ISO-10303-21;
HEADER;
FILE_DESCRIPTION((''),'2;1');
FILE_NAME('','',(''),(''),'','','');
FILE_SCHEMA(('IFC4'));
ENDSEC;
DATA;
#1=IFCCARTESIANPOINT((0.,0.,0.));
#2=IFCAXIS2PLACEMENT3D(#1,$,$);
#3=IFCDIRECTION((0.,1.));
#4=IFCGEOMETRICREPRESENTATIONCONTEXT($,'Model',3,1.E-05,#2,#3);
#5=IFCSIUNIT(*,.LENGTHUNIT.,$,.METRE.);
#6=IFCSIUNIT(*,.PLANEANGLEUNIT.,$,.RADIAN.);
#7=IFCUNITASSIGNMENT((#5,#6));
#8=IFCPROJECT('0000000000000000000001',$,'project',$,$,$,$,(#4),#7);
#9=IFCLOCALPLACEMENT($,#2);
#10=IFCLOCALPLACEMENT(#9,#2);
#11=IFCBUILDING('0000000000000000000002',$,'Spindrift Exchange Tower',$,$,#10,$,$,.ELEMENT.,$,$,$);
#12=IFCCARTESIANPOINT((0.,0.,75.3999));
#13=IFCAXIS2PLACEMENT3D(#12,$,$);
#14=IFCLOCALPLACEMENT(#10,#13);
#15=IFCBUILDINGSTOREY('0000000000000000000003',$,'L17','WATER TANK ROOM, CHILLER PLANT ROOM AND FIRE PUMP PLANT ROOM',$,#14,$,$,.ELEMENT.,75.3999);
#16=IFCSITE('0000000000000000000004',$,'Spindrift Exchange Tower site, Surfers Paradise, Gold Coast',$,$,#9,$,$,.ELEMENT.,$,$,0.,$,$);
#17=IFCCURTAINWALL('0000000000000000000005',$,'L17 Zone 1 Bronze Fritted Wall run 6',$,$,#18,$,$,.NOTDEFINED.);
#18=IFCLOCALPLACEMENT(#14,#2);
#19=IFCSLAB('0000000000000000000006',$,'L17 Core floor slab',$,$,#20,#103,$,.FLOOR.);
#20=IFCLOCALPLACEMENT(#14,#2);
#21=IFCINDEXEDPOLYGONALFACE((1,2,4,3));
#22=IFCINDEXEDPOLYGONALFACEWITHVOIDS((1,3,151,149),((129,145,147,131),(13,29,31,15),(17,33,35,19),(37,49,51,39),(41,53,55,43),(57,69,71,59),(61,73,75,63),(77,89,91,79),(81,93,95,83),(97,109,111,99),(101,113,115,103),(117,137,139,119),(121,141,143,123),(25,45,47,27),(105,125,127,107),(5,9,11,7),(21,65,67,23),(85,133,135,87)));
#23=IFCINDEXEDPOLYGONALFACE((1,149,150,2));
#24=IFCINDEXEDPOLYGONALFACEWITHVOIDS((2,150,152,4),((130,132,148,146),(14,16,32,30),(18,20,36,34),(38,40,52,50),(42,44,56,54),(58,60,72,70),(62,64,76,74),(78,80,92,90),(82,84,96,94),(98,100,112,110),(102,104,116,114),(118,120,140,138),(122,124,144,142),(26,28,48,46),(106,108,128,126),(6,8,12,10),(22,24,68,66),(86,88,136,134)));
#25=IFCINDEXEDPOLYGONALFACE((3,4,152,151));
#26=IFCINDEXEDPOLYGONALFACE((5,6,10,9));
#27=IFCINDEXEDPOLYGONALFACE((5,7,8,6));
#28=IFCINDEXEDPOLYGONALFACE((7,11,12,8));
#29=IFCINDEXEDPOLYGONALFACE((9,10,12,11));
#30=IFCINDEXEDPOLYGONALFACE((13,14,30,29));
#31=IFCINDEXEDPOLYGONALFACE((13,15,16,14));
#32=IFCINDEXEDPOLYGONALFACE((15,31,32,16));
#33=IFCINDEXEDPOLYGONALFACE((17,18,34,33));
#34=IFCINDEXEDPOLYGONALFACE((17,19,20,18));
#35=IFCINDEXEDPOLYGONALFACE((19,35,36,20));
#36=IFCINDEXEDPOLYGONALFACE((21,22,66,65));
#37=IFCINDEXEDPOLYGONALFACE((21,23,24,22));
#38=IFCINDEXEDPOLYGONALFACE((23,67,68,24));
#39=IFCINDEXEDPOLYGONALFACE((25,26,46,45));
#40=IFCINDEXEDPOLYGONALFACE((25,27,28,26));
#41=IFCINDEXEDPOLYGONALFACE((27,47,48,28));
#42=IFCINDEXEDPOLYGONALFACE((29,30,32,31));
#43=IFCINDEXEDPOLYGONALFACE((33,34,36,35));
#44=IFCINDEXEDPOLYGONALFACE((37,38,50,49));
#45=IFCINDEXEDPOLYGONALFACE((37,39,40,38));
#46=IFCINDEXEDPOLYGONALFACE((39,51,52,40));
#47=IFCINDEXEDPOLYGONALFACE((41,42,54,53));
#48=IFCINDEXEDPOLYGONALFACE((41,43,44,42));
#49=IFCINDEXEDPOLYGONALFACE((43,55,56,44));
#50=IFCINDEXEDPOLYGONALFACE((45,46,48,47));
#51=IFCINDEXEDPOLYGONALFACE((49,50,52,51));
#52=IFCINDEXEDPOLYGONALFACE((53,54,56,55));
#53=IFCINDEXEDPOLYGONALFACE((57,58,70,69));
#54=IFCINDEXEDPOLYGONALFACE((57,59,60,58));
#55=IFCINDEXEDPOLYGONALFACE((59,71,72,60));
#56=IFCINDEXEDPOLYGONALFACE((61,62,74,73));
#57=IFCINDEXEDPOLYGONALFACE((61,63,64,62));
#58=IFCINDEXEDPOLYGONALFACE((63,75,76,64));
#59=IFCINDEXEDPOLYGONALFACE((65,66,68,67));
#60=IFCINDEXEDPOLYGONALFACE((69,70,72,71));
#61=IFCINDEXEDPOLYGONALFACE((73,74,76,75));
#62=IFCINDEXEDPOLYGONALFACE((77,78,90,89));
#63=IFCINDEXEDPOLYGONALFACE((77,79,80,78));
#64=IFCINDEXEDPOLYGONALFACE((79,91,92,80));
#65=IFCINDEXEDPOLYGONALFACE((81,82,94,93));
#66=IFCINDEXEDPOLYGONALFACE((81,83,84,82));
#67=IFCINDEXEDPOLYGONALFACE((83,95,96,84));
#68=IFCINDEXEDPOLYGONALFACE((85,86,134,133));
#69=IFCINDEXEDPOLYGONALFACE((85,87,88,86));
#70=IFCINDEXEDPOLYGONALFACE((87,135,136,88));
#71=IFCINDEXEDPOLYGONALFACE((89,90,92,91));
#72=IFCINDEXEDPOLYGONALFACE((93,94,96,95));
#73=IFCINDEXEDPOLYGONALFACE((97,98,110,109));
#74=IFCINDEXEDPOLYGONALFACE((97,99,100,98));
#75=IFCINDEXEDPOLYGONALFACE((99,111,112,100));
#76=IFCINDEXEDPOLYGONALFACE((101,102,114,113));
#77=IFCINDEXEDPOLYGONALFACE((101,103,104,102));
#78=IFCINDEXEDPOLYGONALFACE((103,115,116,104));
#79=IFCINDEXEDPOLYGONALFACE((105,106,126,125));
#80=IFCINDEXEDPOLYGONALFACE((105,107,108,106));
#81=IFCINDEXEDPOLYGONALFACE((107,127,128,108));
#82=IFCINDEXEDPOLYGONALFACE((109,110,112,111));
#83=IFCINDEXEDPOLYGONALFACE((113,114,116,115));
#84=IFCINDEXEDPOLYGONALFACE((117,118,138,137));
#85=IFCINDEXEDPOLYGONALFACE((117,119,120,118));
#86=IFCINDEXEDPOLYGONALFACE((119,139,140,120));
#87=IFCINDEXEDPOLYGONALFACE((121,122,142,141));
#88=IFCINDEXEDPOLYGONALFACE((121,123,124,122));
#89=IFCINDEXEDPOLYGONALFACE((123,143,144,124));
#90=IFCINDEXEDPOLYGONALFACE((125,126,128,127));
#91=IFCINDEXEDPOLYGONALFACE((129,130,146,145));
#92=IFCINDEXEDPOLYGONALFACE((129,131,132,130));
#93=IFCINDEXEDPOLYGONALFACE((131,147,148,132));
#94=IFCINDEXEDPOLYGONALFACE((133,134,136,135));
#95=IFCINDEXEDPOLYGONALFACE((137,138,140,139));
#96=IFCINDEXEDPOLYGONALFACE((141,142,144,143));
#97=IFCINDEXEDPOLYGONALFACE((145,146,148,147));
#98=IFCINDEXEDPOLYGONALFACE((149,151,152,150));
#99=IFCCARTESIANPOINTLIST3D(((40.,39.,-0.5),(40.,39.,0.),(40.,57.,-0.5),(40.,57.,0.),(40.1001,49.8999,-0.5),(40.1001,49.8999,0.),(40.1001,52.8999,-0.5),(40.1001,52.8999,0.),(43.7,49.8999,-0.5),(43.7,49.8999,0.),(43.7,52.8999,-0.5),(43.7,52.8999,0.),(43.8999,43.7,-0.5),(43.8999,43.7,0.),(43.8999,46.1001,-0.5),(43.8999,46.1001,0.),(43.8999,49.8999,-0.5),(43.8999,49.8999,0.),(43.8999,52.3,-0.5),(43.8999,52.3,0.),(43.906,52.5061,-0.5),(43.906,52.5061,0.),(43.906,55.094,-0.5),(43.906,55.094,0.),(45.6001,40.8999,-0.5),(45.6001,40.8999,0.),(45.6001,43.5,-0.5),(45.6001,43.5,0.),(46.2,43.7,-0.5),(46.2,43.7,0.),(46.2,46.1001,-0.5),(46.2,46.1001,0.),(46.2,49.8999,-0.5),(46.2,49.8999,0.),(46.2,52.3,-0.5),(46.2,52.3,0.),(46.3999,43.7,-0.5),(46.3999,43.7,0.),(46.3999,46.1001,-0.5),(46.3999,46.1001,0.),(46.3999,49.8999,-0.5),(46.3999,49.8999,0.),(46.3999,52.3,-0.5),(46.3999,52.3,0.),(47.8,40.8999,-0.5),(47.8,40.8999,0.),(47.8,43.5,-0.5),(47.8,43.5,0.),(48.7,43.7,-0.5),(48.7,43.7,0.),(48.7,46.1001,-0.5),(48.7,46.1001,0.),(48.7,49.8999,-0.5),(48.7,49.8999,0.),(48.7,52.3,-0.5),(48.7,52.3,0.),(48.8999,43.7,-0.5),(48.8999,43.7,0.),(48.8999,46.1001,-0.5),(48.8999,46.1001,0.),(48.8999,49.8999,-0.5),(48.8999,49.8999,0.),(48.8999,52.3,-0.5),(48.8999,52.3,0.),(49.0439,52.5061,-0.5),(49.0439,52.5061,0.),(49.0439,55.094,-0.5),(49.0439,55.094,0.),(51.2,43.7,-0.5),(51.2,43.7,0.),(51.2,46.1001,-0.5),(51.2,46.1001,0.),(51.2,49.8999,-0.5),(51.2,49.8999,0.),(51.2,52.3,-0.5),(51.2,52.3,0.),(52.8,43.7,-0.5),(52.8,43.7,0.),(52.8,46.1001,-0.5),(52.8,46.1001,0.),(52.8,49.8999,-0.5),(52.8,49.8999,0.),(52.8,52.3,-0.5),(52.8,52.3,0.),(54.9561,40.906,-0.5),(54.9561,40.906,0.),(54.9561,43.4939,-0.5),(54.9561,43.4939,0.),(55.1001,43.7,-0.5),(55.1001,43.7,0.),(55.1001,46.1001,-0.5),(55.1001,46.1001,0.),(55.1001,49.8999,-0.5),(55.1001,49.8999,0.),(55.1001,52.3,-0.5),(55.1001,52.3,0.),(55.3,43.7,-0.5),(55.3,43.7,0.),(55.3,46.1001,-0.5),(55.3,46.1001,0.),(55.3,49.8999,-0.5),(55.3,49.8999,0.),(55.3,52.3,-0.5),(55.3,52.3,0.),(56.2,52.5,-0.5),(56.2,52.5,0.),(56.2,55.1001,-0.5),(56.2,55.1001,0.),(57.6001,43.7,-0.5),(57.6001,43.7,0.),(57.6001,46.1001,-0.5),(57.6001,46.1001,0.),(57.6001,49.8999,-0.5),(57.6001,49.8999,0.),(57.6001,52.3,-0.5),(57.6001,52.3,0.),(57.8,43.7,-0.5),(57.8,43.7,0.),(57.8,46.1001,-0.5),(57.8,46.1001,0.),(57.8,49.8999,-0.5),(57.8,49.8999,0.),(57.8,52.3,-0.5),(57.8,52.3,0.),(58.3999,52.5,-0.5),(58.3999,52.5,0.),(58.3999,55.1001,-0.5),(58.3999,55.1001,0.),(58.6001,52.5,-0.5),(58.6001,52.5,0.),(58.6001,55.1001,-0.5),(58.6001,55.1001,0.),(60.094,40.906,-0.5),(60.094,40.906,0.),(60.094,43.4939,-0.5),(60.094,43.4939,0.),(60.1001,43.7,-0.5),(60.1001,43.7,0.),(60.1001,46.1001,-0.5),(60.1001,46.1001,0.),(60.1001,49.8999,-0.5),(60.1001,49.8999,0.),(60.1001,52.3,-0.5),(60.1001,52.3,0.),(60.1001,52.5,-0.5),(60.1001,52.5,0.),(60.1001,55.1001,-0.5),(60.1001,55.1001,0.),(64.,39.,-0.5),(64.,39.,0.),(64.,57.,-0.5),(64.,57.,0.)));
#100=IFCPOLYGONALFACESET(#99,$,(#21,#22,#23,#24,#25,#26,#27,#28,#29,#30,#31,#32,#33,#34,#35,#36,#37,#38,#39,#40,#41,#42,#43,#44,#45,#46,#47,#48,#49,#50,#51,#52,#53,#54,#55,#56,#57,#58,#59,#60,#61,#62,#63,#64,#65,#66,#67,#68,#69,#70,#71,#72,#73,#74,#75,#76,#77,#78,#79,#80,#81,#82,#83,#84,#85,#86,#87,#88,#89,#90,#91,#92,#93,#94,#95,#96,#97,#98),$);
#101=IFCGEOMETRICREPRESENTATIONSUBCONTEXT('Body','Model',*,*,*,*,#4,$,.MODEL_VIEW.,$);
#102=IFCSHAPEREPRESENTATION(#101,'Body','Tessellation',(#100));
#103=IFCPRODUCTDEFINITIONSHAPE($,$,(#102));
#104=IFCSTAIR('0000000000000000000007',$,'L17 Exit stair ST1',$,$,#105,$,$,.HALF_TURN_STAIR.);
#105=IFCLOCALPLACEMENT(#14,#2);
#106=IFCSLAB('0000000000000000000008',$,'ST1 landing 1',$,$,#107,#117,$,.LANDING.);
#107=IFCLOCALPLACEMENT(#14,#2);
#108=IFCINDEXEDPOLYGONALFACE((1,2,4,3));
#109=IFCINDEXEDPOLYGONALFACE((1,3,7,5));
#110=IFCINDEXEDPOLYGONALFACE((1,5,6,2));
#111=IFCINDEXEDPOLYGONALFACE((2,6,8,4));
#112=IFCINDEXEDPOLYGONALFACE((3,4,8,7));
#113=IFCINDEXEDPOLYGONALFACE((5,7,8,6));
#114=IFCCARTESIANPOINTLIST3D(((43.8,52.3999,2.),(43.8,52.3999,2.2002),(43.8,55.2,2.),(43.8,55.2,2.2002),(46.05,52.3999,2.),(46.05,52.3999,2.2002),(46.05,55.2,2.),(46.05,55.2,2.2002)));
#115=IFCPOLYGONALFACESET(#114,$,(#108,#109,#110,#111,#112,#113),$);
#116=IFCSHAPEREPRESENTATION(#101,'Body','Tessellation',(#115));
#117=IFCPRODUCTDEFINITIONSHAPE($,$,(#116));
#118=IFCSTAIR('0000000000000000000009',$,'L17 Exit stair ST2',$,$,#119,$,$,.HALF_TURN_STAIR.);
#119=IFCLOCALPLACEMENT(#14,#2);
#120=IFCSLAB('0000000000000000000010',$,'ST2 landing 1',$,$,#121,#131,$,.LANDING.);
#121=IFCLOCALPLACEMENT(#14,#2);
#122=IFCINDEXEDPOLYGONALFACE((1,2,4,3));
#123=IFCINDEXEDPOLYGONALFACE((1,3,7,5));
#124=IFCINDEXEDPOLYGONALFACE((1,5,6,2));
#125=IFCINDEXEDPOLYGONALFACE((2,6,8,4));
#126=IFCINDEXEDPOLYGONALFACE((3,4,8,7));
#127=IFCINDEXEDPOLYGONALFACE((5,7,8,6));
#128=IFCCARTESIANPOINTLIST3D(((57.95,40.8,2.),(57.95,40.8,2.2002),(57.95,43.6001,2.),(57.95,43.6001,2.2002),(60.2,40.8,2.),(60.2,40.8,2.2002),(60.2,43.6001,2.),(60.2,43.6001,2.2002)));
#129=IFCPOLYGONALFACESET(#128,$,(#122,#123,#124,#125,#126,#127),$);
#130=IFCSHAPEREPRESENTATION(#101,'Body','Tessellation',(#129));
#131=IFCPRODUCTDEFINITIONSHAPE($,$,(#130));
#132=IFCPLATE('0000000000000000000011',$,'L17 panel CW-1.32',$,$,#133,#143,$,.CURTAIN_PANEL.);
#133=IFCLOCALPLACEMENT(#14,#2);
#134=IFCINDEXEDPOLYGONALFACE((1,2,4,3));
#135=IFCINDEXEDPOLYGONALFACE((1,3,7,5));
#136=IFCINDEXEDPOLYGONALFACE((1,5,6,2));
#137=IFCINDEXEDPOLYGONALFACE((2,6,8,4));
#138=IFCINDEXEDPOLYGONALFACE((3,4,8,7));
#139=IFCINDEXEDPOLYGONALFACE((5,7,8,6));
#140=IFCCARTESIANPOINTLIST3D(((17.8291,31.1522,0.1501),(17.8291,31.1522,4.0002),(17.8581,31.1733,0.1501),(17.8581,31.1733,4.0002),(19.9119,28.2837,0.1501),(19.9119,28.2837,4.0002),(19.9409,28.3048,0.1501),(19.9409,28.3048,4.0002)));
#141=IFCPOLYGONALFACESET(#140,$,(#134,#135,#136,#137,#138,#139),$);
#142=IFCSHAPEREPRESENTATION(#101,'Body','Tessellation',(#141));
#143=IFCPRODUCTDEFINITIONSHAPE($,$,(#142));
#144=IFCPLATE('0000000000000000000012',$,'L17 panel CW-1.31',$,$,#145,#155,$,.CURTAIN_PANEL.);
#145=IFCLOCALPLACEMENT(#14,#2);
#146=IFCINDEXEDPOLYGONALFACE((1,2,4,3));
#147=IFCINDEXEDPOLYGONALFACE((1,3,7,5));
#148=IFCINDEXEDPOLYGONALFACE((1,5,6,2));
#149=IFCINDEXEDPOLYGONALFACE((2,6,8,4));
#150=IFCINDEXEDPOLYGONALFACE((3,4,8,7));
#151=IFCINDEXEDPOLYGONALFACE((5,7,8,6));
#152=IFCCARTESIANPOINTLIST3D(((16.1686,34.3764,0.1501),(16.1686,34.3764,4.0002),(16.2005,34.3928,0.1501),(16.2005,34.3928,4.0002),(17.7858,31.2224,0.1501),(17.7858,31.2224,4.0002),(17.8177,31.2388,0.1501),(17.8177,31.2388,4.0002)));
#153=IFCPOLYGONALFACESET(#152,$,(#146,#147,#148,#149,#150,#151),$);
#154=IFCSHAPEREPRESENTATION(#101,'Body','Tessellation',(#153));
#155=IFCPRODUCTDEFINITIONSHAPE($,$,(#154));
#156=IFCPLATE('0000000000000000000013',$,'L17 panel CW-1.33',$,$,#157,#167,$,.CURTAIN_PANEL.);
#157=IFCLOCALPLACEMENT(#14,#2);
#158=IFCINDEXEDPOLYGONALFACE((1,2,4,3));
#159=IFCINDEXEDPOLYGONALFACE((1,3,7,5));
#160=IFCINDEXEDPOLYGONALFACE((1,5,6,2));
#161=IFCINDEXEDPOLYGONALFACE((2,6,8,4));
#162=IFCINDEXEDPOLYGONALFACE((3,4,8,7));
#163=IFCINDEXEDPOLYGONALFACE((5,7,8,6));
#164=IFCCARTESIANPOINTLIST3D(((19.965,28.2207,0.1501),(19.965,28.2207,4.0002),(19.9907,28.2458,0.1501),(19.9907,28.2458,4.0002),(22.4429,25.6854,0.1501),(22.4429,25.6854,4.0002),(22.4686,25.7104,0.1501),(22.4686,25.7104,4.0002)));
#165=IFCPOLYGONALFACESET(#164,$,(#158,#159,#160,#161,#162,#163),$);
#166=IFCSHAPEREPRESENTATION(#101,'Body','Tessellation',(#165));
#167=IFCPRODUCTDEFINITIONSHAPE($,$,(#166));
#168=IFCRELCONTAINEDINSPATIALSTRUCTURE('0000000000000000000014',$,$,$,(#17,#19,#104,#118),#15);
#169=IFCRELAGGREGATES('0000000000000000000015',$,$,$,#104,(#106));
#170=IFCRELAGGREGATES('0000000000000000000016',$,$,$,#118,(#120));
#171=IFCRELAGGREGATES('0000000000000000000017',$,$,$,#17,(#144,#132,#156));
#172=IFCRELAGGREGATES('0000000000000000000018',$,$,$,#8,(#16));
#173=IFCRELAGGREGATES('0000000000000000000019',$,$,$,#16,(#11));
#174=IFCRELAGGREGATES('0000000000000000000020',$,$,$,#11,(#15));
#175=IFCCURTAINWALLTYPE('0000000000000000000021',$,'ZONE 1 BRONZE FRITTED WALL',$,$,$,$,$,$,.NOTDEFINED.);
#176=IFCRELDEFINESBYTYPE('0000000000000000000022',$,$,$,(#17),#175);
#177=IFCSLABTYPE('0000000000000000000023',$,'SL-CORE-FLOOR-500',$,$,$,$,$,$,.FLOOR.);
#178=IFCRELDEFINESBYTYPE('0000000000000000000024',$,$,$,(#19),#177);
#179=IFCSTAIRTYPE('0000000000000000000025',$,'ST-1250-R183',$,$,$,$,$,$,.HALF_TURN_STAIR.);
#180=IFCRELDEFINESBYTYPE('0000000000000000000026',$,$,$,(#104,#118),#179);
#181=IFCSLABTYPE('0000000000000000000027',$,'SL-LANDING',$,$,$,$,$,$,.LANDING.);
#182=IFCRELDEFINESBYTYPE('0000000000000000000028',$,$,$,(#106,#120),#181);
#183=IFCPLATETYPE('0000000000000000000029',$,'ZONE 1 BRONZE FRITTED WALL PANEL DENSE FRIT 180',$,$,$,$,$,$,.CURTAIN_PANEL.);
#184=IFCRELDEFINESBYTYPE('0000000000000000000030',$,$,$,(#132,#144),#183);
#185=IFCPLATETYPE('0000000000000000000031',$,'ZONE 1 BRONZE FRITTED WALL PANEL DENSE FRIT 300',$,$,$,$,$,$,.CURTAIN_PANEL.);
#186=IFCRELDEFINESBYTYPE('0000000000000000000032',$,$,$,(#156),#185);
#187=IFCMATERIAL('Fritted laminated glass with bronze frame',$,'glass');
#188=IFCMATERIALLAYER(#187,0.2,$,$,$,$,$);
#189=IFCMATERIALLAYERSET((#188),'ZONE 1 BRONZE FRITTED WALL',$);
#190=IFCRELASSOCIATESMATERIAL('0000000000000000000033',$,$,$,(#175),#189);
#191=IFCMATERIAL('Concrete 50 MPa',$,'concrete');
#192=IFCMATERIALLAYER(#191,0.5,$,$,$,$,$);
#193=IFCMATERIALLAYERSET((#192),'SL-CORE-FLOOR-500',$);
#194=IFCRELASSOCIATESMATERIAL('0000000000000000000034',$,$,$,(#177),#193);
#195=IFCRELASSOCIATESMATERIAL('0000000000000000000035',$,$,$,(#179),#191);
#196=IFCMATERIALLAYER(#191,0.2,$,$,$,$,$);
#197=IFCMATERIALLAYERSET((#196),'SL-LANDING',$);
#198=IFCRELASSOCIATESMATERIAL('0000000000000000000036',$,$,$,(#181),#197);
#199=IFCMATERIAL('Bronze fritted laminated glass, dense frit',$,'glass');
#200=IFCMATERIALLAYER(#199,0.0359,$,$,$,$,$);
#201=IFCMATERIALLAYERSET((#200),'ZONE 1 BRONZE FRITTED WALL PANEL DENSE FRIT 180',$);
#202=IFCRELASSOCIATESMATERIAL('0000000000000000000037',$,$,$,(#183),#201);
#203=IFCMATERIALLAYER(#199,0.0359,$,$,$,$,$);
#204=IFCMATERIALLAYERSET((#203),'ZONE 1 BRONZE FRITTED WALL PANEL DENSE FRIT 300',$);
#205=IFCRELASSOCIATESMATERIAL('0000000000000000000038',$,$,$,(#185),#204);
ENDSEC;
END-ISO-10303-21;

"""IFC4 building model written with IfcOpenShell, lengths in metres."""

from ifc_helpers import new_model, si_unit, direction, frame, origin, origin_2d, place, context, subcontext, project, spatial, line, indexed_curve, rectangle, outline, extrude, source, transform, mapped, material, layer, layer_set, type_object, element, aggregate, save


model = new_model("IFC4")

# Units and contexts
model_context = context("Model", 3, precision=1e-05, world=origin(), true_north=direction((0.0, 1.0)))
body_context = subcontext(model_context, "Body", "Model", "MODEL_VIEW")
ifc_project = project(units=[si_unit("LENGTHUNIT", "METRE"), si_unit("PLANEANGLEUNIT", "RADIAN")], contexts=[model_context])

# Site, building, storey
site_placement = place(None, origin())
site = spatial("IfcSite", under=ifc_project, at=site_placement, Name="Spindrift Exchange Tower site, Surfers Paradise, Gold Coast", CompositionType="ELEMENT", RefElevation=0.0)
building_placement = place(site_placement, origin())
building = spatial("IfcBuilding", under=site, at=building_placement, Name="Spindrift Exchange Tower", CompositionType="ELEMENT")
storey_placement = place(building_placement, frame((0.0, 0.0, 75.3999)))
storey = spatial("IfcBuildingStorey", under=building, at=storey_placement, Name="L17", Description="WATER TANK ROOM, CHILLER PLANT ROOM AND FIRE PUMP PLANT ROOM", CompositionType="ELEMENT", Elevation=75.3999)

# Curtain wall
ifc_material_1 = material(Name="Fritted laminated glass with bronze frame", Category="glass")
ifc_layer_1 = layer(ifc_material_1, 0.2)
ifc_layer_set_1 = layer_set([ifc_layer_1], Name="ZONE 1 BRONZE FRITTED WALL")
curtain_wall_type = type_object("IfcCurtainWallType", Name="ZONE 1 BRONZE FRITTED WALL", PredefinedType="NOTDEFINED", material=ifc_layer_set_1)
curtain_wall_placement = place(storey_placement, origin())
curtain_wall = element("IfcCurtainWall", 1, at=curtain_wall_placement, inside=storey, type_object=curtain_wall_type, Name="L17 Zone 1 Bronze Fritted Wall run 6", PredefinedType="NOTDEFINED")

# Slab
ifc_material_2 = material(Name="Concrete 50 MPa", Category="concrete")
ifc_layer_2 = layer(ifc_material_2, 0.5)
ifc_layer_set_2 = layer_set([ifc_layer_2], Name="SL-CORE-FLOOR-500")
slab_type_1 = type_object("IfcSlabType", Name="SL-CORE-FLOOR-500", PredefinedType="FLOOR", material=ifc_layer_set_2)
slab_1_placement = place(storey_placement, frame((0.0, 0.0, -0.5)))
element("IfcSlab", 2, at=slab_1_placement, inside=storey, type_object=slab_type_1, Name="L17 Core floor slab", PredefinedType="FLOOR", context=body_context, shape_type="SweptSolid", body=[
    extrude(outline(indexed_curve([(40.0, 39.0), (40.0, 57.0), (64.0, 57.0), (64.0, 39.0)], segments=[line(1, 2, 3, 4, 1)], self_intersect=False), holes=[indexed_curve([(47.8, 43.5), (45.6001, 43.5), (45.6001, 40.8999), (47.8, 40.8999)], segments=[line(1, 2, 3, 4, 1)], self_intersect=False), indexed_curve([(46.2, 46.1001), (43.8999, 46.1001), (43.8999, 43.7), (46.2, 43.7)], segments=[line(1, 2, 3, 4, 1)], self_intersect=False), indexed_curve([(48.7, 46.1001), (46.3999, 46.1001), (46.3999, 43.7), (48.7, 43.7)], segments=[line(1, 2, 3, 4, 1)], self_intersect=False), indexed_curve([(51.2, 46.1001), (48.8999, 46.1001), (48.8999, 43.7), (51.2, 43.7)], segments=[line(1, 2, 3, 4, 1)], self_intersect=False), indexed_curve([(46.2, 52.3), (43.8999, 52.3), (43.8999, 49.8999), (46.2, 49.8999)], segments=[line(1, 2, 3, 4, 1)], self_intersect=False), indexed_curve([(48.7, 52.3), (46.3999, 52.3), (46.3999, 49.8999), (48.7, 49.8999)], segments=[line(1, 2, 3, 4, 1)], self_intersect=False), indexed_curve([(51.2, 52.3), (48.8999, 52.3), (48.8999, 49.8999), (51.2, 49.8999)], segments=[line(1, 2, 3, 4, 1)], self_intersect=False), indexed_curve([(43.7, 49.8999), (43.7, 52.8999), (40.1001, 52.8999), (40.1001, 49.8999)], segments=[line(1, 2, 3, 4, 1)], self_intersect=False), indexed_curve([(49.0439, 55.094), (43.906, 55.094), (43.906, 52.5061), (49.0439, 52.5061)], segments=[line(1, 2, 3, 4, 1)], self_intersect=False), indexed_curve([(60.094, 40.906), (60.094, 43.4939), (54.9561, 43.4939), (54.9561, 40.906)], segments=[line(1, 2, 3, 4, 1)], self_intersect=False), indexed_curve([(55.1001, 46.1001), (52.8, 46.1001), (52.8, 43.7), (55.1001, 43.7)], segments=[line(1, 2, 3, 4, 1)], self_intersect=False), indexed_curve([(57.6001, 46.1001), (55.3, 46.1001), (55.3, 43.7), (57.6001, 43.7)], segments=[line(1, 2, 3, 4, 1)], self_intersect=False), indexed_curve([(60.1001, 46.1001), (57.8, 46.1001), (57.8, 43.7), (60.1001, 43.7)], segments=[line(1, 2, 3, 4, 1)], self_intersect=False), indexed_curve([(55.1001, 52.3), (52.8, 52.3), (52.8, 49.8999), (55.1001, 49.8999)], segments=[line(1, 2, 3, 4, 1)], self_intersect=False), indexed_curve([(57.6001, 52.3), (55.3, 52.3), (55.3, 49.8999), (57.6001, 49.8999)], segments=[line(1, 2, 3, 4, 1)], self_intersect=False), indexed_curve([(60.1001, 52.3), (57.8, 52.3), (57.8, 49.8999), (60.1001, 49.8999)], segments=[line(1, 2, 3, 4, 1)], self_intersect=False), indexed_curve([(58.3999, 52.5), (58.3999, 55.1001), (56.2, 55.1001), (56.2, 52.5)], segments=[line(1, 2, 3, 4, 1)], self_intersect=False), indexed_curve([(60.1001, 52.5), (60.1001, 55.1001), (58.6001, 55.1001), (58.6001, 52.5)], segments=[line(1, 2, 3, 4, 1)], self_intersect=False)]), origin(), (0.0, 0.0, 1.0), 0.5),
])

# Stairs, slabs
stair_type = type_object("IfcStairType", Name="ST-1250-R183", PredefinedType="HALF_TURN_STAIR", material=ifc_material_2)
stair_1_placement = place(storey_placement, origin())
stair_1 = element("IfcStair", 3, at=stair_1_placement, inside=storey, type_object=stair_type, Name="L17 Exit stair ST1", PredefinedType="HALF_TURN_STAIR")
ifc_layer_3 = layer(ifc_material_2, 0.2)
ifc_layer_set_3 = layer_set([ifc_layer_3], Name="SL-LANDING")
slab_type_2 = type_object("IfcSlabType", Name="SL-LANDING", PredefinedType="LANDING", material=ifc_layer_set_3)
slab_2_placement = place(storey_placement, frame((0.0, 0.0, 2.0)))
slab_2 = element("IfcSlab", 4, at=slab_2_placement, type_object=slab_type_2, Name="ST1 landing 1", PredefinedType="LANDING", context=body_context, shape_type="SweptSolid", body=[
    extrude(outline(indexed_curve([(46.05, 52.3999), (43.8, 52.3999), (43.8, 55.2), (46.05, 55.2)], segments=[line(1, 2, 3, 4, 1)], self_intersect=False)), origin(), (0.0, 0.0, 1.0), 0.2002),
])
aggregate(stair_1, [slab_2])
stair_2_placement = place(storey_placement, origin())
stair_2 = element("IfcStair", 5, at=stair_2_placement, inside=storey, type_object=stair_type, Name="L17 Exit stair ST2", PredefinedType="HALF_TURN_STAIR")
slab_3_placement = place(storey_placement, frame((0.0, 0.0, 2.0)))
slab_3 = element("IfcSlab", 6, at=slab_3_placement, type_object=slab_type_2, Name="ST2 landing 1", PredefinedType="LANDING", context=body_context, shape_type="SweptSolid", body=[
    extrude(outline(indexed_curve([(57.95, 43.6001), (60.2, 43.6001), (60.2, 40.8), (57.95, 40.8)], segments=[line(1, 2, 3, 4, 1)], self_intersect=False)), origin(), (0.0, 0.0, 1.0), 0.2002),
])
aggregate(stair_2, [slab_3])

# Plates
ifc_material_3 = material(Name="Bronze fritted laminated glass, dense frit", Category="glass")
ifc_layer_4 = layer(ifc_material_3, 0.0359)
ifc_layer_set_4 = layer_set([ifc_layer_4], Name="ZONE 1 BRONZE FRITTED WALL PANEL DENSE FRIT 180")
plate_type_1 = type_object("IfcPlateType", Name="ZONE 1 BRONZE FRITTED WALL PANEL DENSE FRIT 180", PredefinedType="CURTAIN_PANEL", material=ifc_layer_set_4)
shared_shape_1 = source(origin(), body_context, "Body", "SweptSolid", [
    extrude(rectangle(XDim=3.5449, YDim=0.0359, at=origin_2d()), origin(), (0.0, 0.0, 1.0), 3.8501),
])
plate_1_placement = place(storey_placement, frame((18.885, 29.7285, 0.1501), z_axis=(0.0, 0.0, 1.0), x_axis=(0.587534, -0.8092, 0.0)))
plate_1 = element("IfcPlate", 7, at=plate_1_placement, type_object=plate_type_1, Name="L17 panel CW-1.32", PredefinedType="CURTAIN_PANEL", context=body_context, shape_type="MappedRepresentation", body=[
    mapped(shared_shape_1, transform((0.0, 0.0, 0.0), scale=1.0)),
])
shared_shape_2 = source(origin(), body_context, "Body", "SweptSolid", [
    extrude(rectangle(XDim=3.5444, YDim=0.0359, at=origin_2d()), origin(), (0.0, 0.0, 1.0), 3.8501),
])
plate_2_placement = place(storey_placement, frame((16.9932, 32.8076, 0.1501), z_axis=(0.0, 0.0, 1.0), x_axis=(0.456263, -0.889845, 0.0)))
plate_2 = element("IfcPlate", 8, at=plate_2_placement, type_object=plate_type_1, Name="L17 panel CW-1.31", PredefinedType="CURTAIN_PANEL", context=body_context, shape_type="MappedRepresentation", body=[
    mapped(shared_shape_2, transform((0.0, 0.0, 0.0), scale=1.0)),
])
ifc_layer_5 = layer(ifc_material_3, 0.0359)
ifc_layer_set_5 = layer_set([ifc_layer_5], Name="ZONE 1 BRONZE FRITTED WALL PANEL DENSE FRIT 300")
plate_type_2 = type_object("IfcPlateType", Name="ZONE 1 BRONZE FRITTED WALL PANEL DENSE FRIT 300", PredefinedType="CURTAIN_PANEL", material=ifc_layer_set_5)
shared_shape_3 = source(origin(), body_context, "Body", "SweptSolid", [
    extrude(rectangle(XDim=3.5452, YDim=0.0359, at=origin_2d()), origin(), (0.0, 0.0, 1.0), 3.8501),
])
plate_3_placement = place(storey_placement, frame((21.2168, 26.9656, 0.1501), z_axis=(0.0, 0.0, 1.0), x_axis=(0.698965, -0.715156, 0.0)))
plate_3 = element("IfcPlate", 9, at=plate_3_placement, type_object=plate_type_2, Name="L17 panel CW-1.33", PredefinedType="CURTAIN_PANEL", context=body_context, shape_type="MappedRepresentation", body=[
    mapped(shared_shape_3, transform((0.0, 0.0, 0.0), scale=1.0)),
])
aggregate(curtain_wall, [plate_2, plate_1, plate_3])

save(model, "model.ifc")
